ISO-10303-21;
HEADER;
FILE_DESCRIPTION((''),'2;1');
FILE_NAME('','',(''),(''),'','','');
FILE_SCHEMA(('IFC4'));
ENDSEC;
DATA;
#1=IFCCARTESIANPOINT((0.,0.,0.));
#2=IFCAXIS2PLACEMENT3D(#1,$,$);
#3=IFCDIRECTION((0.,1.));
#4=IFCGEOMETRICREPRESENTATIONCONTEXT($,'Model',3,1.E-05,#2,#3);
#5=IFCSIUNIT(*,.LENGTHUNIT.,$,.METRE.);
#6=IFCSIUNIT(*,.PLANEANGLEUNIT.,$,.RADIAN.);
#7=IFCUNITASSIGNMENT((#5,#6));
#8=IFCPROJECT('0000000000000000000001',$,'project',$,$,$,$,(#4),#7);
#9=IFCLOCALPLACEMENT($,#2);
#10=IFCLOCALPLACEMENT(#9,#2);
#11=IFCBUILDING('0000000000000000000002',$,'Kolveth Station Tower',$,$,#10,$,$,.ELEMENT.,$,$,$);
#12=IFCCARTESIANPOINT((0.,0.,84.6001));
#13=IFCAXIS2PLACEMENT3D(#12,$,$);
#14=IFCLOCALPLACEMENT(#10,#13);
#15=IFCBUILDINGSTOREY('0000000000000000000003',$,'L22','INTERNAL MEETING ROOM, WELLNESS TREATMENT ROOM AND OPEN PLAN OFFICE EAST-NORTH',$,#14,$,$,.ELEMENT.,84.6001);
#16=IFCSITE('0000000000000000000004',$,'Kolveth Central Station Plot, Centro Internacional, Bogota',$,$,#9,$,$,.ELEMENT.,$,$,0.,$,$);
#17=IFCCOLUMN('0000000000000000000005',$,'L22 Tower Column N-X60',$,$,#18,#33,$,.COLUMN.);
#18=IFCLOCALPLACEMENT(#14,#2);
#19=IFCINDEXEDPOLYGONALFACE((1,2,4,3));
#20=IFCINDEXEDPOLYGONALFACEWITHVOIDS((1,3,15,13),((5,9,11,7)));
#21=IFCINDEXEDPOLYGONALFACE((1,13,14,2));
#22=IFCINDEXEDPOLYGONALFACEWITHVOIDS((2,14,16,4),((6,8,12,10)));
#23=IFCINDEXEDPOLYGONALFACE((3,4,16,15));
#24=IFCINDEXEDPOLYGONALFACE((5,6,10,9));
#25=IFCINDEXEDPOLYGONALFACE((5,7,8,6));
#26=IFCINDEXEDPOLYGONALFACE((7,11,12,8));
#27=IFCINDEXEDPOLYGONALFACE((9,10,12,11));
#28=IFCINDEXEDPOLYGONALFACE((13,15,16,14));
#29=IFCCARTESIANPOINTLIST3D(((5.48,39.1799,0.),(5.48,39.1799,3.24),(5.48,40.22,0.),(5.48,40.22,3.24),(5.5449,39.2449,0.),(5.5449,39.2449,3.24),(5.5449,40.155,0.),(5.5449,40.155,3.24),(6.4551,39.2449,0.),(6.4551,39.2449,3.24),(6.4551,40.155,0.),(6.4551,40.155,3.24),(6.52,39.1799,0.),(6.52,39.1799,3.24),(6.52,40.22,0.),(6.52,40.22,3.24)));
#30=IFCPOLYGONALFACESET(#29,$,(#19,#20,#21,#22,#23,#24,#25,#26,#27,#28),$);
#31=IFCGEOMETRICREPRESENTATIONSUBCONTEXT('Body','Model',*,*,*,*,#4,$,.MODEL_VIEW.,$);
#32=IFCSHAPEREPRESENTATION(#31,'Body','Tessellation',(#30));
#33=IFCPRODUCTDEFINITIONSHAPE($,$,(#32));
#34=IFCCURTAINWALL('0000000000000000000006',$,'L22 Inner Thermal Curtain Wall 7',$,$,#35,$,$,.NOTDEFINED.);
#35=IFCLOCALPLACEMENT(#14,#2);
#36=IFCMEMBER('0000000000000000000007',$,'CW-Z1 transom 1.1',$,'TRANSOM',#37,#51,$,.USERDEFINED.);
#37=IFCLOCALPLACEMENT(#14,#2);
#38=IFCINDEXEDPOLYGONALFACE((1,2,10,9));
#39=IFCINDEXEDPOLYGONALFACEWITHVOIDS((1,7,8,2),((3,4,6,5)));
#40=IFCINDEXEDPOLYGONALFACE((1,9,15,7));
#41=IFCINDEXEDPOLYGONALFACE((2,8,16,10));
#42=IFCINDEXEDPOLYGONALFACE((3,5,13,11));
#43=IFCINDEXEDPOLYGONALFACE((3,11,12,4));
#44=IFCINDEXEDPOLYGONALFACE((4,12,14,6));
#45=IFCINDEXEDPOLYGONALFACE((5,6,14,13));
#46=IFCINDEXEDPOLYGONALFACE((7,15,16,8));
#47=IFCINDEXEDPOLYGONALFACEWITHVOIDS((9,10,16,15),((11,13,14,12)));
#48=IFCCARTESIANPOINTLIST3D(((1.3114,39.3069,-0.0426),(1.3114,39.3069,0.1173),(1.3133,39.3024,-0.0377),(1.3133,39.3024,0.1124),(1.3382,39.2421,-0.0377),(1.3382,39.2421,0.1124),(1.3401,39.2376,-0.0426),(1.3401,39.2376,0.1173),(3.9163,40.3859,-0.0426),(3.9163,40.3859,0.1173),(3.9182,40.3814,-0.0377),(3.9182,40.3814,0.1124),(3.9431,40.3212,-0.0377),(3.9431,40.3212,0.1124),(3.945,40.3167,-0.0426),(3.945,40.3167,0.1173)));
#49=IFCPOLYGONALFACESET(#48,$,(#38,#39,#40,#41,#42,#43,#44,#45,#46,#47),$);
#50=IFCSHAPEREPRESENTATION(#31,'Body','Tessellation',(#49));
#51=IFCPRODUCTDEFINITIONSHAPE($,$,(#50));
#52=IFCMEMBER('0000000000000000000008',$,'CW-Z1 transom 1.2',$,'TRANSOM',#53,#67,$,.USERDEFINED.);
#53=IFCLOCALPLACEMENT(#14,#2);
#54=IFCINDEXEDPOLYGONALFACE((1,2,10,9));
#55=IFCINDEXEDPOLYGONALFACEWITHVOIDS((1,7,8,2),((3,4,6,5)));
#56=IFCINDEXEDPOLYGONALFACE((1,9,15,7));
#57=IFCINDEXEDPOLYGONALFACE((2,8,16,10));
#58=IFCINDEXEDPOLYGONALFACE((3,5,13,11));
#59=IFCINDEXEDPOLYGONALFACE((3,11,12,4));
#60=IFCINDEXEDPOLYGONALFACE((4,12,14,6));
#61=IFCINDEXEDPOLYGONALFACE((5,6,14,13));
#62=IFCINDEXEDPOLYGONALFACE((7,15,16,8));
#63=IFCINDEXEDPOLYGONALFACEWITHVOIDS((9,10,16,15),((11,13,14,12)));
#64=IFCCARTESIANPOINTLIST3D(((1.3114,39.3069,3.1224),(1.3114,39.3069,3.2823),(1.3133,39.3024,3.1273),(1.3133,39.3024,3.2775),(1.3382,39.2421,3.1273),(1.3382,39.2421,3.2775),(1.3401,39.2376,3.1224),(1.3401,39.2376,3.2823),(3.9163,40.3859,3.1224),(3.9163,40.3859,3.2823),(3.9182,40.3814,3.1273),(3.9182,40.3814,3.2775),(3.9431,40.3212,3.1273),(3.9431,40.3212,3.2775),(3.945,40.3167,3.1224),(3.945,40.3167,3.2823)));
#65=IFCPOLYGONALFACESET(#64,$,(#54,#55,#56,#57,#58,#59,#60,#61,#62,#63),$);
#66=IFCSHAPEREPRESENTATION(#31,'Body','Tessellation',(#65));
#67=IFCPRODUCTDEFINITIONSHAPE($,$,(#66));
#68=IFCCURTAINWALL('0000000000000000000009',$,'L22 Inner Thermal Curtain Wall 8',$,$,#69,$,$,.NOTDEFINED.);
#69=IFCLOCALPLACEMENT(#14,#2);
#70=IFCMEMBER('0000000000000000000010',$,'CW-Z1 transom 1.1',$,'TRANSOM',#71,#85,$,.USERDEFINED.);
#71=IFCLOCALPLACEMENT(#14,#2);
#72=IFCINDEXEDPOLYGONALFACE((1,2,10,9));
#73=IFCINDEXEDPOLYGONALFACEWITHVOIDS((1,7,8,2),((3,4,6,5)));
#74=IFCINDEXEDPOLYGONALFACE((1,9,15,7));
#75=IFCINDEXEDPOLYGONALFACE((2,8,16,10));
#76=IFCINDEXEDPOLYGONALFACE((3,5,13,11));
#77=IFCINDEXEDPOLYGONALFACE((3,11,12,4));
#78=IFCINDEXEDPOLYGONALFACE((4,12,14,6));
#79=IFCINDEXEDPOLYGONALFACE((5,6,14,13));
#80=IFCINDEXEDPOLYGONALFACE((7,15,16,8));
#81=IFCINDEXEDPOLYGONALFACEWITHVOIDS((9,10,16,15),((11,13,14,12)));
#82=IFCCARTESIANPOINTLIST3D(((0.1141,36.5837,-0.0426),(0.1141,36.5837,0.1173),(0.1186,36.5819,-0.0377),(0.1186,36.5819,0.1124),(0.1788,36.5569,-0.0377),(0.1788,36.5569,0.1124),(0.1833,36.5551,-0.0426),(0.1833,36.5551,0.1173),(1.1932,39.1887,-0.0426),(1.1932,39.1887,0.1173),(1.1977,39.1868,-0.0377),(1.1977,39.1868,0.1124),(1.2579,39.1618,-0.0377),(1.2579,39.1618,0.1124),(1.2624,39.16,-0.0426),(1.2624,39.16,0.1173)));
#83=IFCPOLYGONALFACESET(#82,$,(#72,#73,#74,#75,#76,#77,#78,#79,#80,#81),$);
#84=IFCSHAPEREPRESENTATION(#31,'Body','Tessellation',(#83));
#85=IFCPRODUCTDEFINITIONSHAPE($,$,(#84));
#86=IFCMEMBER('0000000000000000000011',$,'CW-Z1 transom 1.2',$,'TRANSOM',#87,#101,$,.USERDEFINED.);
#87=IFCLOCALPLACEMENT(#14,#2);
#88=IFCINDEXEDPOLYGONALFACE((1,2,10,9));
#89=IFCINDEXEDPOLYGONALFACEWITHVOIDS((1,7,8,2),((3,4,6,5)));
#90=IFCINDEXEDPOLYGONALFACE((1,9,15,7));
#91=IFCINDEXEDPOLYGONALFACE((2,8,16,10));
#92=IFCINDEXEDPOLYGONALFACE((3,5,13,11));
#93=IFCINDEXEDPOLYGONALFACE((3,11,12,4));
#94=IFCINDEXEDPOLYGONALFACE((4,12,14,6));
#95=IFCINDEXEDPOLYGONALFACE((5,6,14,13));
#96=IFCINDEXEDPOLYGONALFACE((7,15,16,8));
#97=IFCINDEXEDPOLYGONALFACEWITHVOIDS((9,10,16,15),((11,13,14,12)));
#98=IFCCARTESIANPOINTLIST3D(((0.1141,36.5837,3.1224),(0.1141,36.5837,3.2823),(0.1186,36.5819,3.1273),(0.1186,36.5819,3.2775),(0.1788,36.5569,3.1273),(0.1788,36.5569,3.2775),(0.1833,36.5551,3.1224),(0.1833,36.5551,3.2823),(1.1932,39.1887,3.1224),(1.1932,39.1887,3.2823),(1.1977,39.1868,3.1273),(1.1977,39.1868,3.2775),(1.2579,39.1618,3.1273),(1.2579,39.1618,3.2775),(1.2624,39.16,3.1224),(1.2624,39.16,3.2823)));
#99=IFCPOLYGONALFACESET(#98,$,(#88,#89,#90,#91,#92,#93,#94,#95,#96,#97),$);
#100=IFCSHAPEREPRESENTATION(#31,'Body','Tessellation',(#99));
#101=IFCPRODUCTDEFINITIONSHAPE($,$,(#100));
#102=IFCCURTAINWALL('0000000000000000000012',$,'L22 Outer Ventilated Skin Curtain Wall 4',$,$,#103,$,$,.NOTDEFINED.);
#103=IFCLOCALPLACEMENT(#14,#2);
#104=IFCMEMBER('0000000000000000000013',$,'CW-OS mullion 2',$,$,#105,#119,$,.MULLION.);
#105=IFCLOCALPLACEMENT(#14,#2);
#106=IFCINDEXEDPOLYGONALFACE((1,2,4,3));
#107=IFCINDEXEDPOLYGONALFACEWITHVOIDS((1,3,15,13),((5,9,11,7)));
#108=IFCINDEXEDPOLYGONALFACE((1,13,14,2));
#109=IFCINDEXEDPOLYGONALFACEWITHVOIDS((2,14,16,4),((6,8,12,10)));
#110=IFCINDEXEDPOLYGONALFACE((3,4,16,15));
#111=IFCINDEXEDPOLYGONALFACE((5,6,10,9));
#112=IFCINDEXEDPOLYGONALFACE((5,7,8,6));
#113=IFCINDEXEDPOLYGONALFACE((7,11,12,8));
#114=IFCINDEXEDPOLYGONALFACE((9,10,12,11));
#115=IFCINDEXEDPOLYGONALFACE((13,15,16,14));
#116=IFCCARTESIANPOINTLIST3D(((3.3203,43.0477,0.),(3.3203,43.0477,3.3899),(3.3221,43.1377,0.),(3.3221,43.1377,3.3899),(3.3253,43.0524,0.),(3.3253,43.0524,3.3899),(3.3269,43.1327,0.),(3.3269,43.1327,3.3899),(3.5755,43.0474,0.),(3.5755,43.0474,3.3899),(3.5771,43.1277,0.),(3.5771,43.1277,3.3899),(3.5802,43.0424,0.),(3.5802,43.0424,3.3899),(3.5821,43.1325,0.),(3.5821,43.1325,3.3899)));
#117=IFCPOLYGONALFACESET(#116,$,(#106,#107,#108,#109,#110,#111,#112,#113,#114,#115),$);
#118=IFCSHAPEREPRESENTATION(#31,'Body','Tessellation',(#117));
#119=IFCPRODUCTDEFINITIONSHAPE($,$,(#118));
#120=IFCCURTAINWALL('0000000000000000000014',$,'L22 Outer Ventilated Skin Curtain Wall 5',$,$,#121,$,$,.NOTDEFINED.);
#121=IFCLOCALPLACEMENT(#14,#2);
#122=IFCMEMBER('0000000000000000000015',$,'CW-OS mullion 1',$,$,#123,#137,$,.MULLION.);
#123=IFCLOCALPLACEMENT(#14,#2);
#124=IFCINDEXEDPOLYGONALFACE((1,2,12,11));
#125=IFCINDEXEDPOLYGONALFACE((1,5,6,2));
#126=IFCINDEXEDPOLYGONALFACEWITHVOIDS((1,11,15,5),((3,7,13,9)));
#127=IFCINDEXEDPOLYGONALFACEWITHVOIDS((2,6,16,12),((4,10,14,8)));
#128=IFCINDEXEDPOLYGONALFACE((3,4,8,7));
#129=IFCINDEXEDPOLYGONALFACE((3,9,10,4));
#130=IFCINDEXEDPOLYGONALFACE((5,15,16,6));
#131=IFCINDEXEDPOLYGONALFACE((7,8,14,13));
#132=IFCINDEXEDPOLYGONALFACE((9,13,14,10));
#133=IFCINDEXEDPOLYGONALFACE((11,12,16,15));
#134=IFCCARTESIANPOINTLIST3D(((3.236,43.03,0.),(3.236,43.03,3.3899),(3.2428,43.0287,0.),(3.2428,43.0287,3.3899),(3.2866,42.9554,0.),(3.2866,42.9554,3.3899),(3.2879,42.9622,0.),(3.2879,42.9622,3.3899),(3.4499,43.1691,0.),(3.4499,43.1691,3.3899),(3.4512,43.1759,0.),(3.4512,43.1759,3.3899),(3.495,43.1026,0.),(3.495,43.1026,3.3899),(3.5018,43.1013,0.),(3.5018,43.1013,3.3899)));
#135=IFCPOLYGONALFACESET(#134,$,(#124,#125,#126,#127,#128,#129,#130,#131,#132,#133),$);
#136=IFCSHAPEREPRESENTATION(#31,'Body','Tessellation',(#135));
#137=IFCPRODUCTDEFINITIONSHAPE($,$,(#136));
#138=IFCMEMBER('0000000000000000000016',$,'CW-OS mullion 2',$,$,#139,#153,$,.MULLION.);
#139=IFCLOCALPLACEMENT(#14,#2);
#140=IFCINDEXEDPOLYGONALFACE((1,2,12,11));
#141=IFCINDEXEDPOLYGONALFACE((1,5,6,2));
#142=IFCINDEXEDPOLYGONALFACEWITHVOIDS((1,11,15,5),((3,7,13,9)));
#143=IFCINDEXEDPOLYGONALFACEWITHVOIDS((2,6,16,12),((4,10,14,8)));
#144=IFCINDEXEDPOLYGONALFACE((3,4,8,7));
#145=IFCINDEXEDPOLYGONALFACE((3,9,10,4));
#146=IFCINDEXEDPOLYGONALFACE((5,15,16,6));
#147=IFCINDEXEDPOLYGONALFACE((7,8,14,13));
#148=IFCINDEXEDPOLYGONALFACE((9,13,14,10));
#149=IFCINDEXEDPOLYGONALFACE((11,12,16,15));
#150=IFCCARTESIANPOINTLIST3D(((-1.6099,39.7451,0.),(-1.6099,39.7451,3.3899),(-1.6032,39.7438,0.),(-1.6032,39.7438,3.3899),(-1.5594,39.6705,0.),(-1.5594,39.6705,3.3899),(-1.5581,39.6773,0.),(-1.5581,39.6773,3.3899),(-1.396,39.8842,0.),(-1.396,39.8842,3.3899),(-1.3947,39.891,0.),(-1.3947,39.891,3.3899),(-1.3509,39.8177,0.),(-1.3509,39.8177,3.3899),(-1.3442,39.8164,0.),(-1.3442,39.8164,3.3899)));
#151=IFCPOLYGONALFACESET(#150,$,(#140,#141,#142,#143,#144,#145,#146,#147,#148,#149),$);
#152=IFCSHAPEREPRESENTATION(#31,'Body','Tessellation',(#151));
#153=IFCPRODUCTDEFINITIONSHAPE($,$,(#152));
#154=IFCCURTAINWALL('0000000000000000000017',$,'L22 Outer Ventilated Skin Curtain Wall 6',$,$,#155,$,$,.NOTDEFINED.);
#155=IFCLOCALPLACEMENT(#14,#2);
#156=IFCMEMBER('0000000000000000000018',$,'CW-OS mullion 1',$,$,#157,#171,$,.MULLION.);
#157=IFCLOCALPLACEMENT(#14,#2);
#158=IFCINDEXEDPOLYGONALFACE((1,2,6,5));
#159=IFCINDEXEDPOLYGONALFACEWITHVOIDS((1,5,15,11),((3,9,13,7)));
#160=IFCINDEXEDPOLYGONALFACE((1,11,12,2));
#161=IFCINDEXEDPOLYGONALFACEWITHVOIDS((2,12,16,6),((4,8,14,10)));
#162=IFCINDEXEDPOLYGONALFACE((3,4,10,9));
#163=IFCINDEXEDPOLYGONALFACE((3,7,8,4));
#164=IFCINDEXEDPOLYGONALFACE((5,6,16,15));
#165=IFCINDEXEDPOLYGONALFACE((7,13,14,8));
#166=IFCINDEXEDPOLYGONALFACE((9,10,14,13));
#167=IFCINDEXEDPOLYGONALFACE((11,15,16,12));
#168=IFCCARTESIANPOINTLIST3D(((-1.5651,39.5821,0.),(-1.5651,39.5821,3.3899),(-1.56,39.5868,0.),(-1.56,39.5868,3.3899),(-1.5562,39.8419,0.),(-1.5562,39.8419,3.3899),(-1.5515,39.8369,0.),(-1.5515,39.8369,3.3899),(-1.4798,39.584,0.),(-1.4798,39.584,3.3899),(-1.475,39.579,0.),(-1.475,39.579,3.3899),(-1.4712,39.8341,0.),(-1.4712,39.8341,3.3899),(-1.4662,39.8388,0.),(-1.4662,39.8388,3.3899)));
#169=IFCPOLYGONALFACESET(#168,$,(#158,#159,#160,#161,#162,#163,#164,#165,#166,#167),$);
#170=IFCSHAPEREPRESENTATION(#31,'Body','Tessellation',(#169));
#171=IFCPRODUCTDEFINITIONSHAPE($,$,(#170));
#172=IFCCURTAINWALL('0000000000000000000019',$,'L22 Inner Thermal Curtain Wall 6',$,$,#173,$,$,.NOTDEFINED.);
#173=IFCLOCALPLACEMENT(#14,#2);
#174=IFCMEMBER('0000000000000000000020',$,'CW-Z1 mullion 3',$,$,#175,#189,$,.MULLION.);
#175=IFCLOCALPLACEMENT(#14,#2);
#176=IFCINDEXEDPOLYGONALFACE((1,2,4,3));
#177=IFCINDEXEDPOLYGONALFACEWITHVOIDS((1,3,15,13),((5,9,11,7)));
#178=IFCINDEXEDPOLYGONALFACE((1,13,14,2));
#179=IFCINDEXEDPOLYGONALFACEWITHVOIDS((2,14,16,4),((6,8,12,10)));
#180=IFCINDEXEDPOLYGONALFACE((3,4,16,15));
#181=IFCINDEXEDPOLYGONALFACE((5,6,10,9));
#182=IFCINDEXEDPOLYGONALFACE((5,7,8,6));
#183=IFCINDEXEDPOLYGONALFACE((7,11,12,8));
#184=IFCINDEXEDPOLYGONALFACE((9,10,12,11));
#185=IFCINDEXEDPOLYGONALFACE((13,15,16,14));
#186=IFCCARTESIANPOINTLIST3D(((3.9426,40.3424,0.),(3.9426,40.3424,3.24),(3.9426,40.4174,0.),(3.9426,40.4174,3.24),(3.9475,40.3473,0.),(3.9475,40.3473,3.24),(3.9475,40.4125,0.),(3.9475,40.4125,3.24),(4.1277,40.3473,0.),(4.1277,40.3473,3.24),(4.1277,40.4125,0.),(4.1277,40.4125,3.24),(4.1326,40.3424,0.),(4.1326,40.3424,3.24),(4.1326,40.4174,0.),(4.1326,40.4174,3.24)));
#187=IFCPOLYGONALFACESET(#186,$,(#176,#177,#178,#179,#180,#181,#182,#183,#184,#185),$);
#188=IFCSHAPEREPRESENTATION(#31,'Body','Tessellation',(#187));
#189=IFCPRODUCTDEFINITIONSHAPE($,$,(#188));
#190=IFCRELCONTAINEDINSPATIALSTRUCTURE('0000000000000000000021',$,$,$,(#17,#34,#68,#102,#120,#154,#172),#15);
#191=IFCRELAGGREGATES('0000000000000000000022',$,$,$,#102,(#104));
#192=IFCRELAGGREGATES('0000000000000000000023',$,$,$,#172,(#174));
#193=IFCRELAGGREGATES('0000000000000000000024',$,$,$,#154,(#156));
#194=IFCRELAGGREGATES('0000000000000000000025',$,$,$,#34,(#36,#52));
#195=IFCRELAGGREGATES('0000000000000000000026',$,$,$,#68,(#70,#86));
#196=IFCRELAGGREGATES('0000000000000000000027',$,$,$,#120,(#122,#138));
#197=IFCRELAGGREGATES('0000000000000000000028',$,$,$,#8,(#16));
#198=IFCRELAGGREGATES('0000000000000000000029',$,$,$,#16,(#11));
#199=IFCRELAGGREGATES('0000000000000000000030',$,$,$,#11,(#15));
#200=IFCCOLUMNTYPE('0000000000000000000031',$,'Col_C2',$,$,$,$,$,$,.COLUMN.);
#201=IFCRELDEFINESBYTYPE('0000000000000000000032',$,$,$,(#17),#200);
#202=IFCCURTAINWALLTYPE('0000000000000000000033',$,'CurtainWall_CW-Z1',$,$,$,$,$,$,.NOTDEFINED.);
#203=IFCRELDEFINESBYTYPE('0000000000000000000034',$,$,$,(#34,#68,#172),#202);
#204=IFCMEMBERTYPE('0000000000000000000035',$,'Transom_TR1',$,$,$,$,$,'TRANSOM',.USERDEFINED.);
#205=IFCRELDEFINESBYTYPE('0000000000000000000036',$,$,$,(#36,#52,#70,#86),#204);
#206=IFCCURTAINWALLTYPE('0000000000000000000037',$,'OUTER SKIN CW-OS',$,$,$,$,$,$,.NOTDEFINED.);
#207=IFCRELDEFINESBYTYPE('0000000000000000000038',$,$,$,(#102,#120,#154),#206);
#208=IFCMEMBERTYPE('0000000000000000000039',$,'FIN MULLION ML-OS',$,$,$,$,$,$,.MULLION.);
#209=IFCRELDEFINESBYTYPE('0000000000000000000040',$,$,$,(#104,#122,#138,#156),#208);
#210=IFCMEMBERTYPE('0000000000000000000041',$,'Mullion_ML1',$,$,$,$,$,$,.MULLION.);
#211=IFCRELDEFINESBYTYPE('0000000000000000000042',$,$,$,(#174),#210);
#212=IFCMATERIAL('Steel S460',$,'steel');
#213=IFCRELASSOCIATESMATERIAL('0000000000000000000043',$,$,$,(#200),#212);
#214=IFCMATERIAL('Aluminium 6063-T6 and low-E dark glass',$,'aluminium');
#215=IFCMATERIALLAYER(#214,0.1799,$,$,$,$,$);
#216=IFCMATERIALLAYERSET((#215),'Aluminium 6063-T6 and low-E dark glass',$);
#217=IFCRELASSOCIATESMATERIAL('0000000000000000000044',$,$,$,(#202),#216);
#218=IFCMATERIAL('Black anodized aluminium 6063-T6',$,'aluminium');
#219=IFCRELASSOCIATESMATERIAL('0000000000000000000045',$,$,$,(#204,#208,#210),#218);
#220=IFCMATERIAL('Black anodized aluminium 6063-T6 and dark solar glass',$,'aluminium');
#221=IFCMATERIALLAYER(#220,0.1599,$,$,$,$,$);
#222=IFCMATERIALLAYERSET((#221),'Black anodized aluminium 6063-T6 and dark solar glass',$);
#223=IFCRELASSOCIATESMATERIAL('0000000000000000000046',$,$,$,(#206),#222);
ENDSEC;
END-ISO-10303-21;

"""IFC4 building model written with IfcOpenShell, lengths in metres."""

from ifc_helpers import new_model, si_unit, direction, frame, origin, origin_2d, place, context, subcontext, project, spatial, hollow_rectangle, extrude, source, transform, mapped, material, layer, layer_set, material_profile, profile_set, type_object, element, aggregate, save


model = new_model("IFC4")

# Units and contexts
model_context = context("Model", 3, precision=1e-05, world=origin(), true_north=direction((0.0, 1.0)))
body_context = subcontext(model_context, "Body", "Model", "MODEL_VIEW")
ifc_project = project(units=[si_unit("LENGTHUNIT", "METRE"), si_unit("PLANEANGLEUNIT", "RADIAN")], contexts=[model_context])

# Site, building, storey
site_placement = place(None, origin())
site = spatial("IfcSite", under=ifc_project, at=site_placement, Name="Kolveth Central Station Plot, Centro Internacional, Bogota", CompositionType="ELEMENT", RefElevation=0.0)
building_placement = place(site_placement, origin())
building = spatial("IfcBuilding", under=site, at=building_placement, Name="Kolveth Station Tower", CompositionType="ELEMENT")
storey_placement = place(building_placement, frame((0.0, 0.0, 84.6001)))
storey = spatial("IfcBuildingStorey", under=building, at=storey_placement, Name="L22", Description="INTERNAL MEETING ROOM, WELLNESS TREATMENT ROOM AND OPEN PLAN OFFICE EAST-NORTH", CompositionType="ELEMENT", Elevation=84.6001)

# Column
ifc_material_1 = material(Name="Steel S460", Category="steel")
ifc_material_profile_1 = material_profile(ifc_material_1, hollow_rectangle(XDim=1.04, YDim=1.04, WallThickness=0.0649, at=origin_2d()), Name="BOX1040x1040x65")
ifc_profile_set_1 = profile_set([ifc_material_profile_1], Name="Steel S460")
column_type = type_object("IfcColumnType", Name="Col_C2", PredefinedType="COLUMN", material=ifc_profile_set_1)
shared_shape_1 = source(origin(), body_context, "Body", "SweptSolid", [
    extrude(hollow_rectangle(XDim=1.04, YDim=1.04, WallThickness=0.0649, at=origin_2d()), origin(), (0.0, 0.0, 1.0), 3.24),
])
column_placement = place(storey_placement, frame((6.0, 39.7, 0.0), z_axis=(0.0, 0.0, 1.0), x_axis=(1.0, 0.0, 0.0)))
element("IfcColumn", 1, at=column_placement, inside=storey, type_object=column_type, Name="L22 Tower Column N-X60", PredefinedType="COLUMN", context=body_context, shape_type="MappedRepresentation", body=[
    mapped(shared_shape_1, transform((0.0, 0.0, 0.0), x_axis=(1.0, 0.0, 0.0), y_axis=(0.0, 1.0, 0.0), z_axis=(0.0, 0.0, 1.0), scale=1.0)),
])

# Curtain walls, members
ifc_material_2 = material(Name="Aluminium 6063-T6 and low-E dark glass", Category="aluminium")
ifc_layer_1 = layer(ifc_material_2, 0.1799)
ifc_layer_set_1 = layer_set([ifc_layer_1], Name="Aluminium 6063-T6 and low-E dark glass")
curtain_wall_type_1 = type_object("IfcCurtainWallType", Name="CurtainWall_CW-Z1", PredefinedType="NOTDEFINED", material=ifc_layer_set_1)
curtain_wall_1_placement = place(storey_placement, origin())
curtain_wall_1 = element("IfcCurtainWall", 2, at=curtain_wall_1_placement, inside=storey, type_object=curtain_wall_type_1, Name="L22 Inner Thermal Curtain Wall 7", PredefinedType="NOTDEFINED")
ifc_material_3 = material(Name="Black anodized aluminium 6063-T6", Category="aluminium")
ifc_material_profile_2 = material_profile(ifc_material_3, hollow_rectangle(XDim=0.075, YDim=0.1599, WallThickness=0.0049, at=origin_2d()), Name="ALU-75x160x5")
ifc_profile_set_2 = profile_set([ifc_material_profile_2], Name="Black anodized aluminium 6063-T6")
member_type_1 = type_object("IfcMemberType", Name="Transom_TR1", ElementType="TRANSOM", PredefinedType="USERDEFINED", material=ifc_profile_set_2)
shared_shape_2 = source(origin(), body_context, "Body", "SweptSolid", [
    extrude(hollow_rectangle(XDim=0.075, YDim=0.1599, WallThickness=0.0049, at=origin_2d()), origin(), (0.0, 0.0, 1.0), 2.8196),
])
member_1_placement = place(storey_placement, frame((3.9307, 40.3513, 0.0374), z_axis=(-0.923869, -0.382709, 0.0), x_axis=(0.382709, -0.923869, 0.0)))
member_1 = element("IfcMember", 3, at=member_1_placement, type_object=member_type_1, Name="CW-Z1 transom 1.1", ObjectType="TRANSOM", PredefinedType="USERDEFINED", context=body_context, shape_type="MappedRepresentation", body=[
    mapped(shared_shape_2, transform((0.0, 0.0, 0.0), x_axis=(1.0, 0.0, 0.0), y_axis=(0.0, 1.0, 0.0), z_axis=(0.0, 0.0, 1.0), scale=1.0)),
])
member_2_placement = place(storey_placement, frame((3.9307, 40.3513, 3.2024), z_axis=(-0.923869, -0.382709, 0.0), x_axis=(0.382709, -0.923869, 0.0)))
member_2 = element("IfcMember", 4, at=member_2_placement, type_object=member_type_1, Name="CW-Z1 transom 1.2", ObjectType="TRANSOM", PredefinedType="USERDEFINED", context=body_context, shape_type="MappedRepresentation", body=[
    mapped(shared_shape_2, transform((0.0, 0.0, 0.0), x_axis=(1.0, 0.0, 0.0), y_axis=(0.0, 1.0, 0.0), z_axis=(0.0, 0.0, 1.0), scale=1.0)),
])
curtain_wall_2_placement = place(storey_placement, origin())
curtain_wall_2 = element("IfcCurtainWall", 5, at=curtain_wall_2_placement, inside=storey, type_object=curtain_wall_type_1, Name="L22 Inner Thermal Curtain Wall 8", PredefinedType="NOTDEFINED")
member_3_placement = place(storey_placement, frame((1.2278, 39.1743, 0.0374), z_axis=(-0.382709, -0.923869, 0.0), x_axis=(0.923869, -0.382709, 0.0)))
member_3 = element("IfcMember", 6, at=member_3_placement, type_object=member_type_1, Name="CW-Z1 transom 1.1", ObjectType="TRANSOM", PredefinedType="USERDEFINED", context=body_context, shape_type="MappedRepresentation", body=[
    mapped(shared_shape_2, transform((0.0, 0.0, 0.0), x_axis=(1.0, 0.0, 0.0), y_axis=(0.0, 1.0, 0.0), z_axis=(0.0, 0.0, 1.0), scale=1.0)),
])
member_4_placement = place(storey_placement, frame((1.2278, 39.1743, 3.2024), z_axis=(-0.382709, -0.923869, 0.0), x_axis=(0.923869, -0.382709, 0.0)))
member_4 = element("IfcMember", 7, at=member_4_placement, type_object=member_type_1, Name="CW-Z1 transom 1.2", ObjectType="TRANSOM", PredefinedType="USERDEFINED", context=body_context, shape_type="MappedRepresentation", body=[
    mapped(shared_shape_2, transform((0.0, 0.0, 0.0), x_axis=(1.0, 0.0, 0.0), y_axis=(0.0, 1.0, 0.0), z_axis=(0.0, 0.0, 1.0), scale=1.0)),
])

# Curtain wall, member
ifc_material_4 = material(Name="Black anodized aluminium 6063-T6 and dark solar glass", Category="aluminium")
ifc_layer_2 = layer(ifc_material_4, 0.1599)
ifc_layer_set_2 = layer_set([ifc_layer_2], Name="Black anodized aluminium 6063-T6 and dark solar glass")
curtain_wall_type_2 = type_object("IfcCurtainWallType", Name="OUTER SKIN CW-OS", PredefinedType="NOTDEFINED", material=ifc_layer_set_2)
curtain_wall_3_placement = place(storey_placement, origin())
curtain_wall_3 = element("IfcCurtainWall", 8, at=curtain_wall_3_placement, inside=storey, type_object=curtain_wall_type_2, Name="L22 Outer Ventilated Skin Curtain Wall 4", PredefinedType="NOTDEFINED")
ifc_material_profile_3 = material_profile(ifc_material_3, hollow_rectangle(XDim=0.0901, YDim=0.26, WallThickness=0.0049, at=origin_2d()), Name="ALU-90x260x5")
ifc_profile_set_3 = profile_set([ifc_material_profile_3], Name="Black anodized aluminium 6063-T6")
member_type_2 = type_object("IfcMemberType", Name="FIN MULLION ML-OS", PredefinedType="MULLION", material=ifc_profile_set_3)
shared_shape_3 = source(origin(), body_context, "Body", "SweptSolid", [
    extrude(hollow_rectangle(XDim=0.0901, YDim=0.26, WallThickness=0.0049, at=origin_2d()), origin(), (0.0, 0.0, 1.0), 3.3899),
])
member_5_placement = place(storey_placement, frame((3.4512, 43.0901, 0.0), z_axis=(0.0, 0.0, 1.0), x_axis=(-0.020049, -0.999799, 0.0)))
member_5 = element("IfcMember", 9, at=member_5_placement, type_object=member_type_2, Name="CW-OS mullion 2", PredefinedType="MULLION", context=body_context, shape_type="MappedRepresentation", body=[
    mapped(shared_shape_3, transform((0.0, 0.0, 0.0), x_axis=(1.0, 0.0, 0.0), y_axis=(0.0, 1.0, 0.0), z_axis=(0.0, 0.0, 1.0), scale=1.0)),
])
aggregate(curtain_wall_3, [member_5])

# Curtain wall, members
curtain_wall_4_placement = place(storey_placement, origin())
curtain_wall_4 = element("IfcCurtainWall", 10, at=curtain_wall_4_placement, inside=storey, type_object=curtain_wall_type_2, Name="L22 Outer Ventilated Skin Curtain Wall 5", PredefinedType="NOTDEFINED")
member_6_placement = place(storey_placement, frame((3.3689, 43.0657, 0.0), z_axis=(0.0, 0.0, 1.0), x_axis=(0.561105, -0.827745, 0.0)))
member_6 = element("IfcMember", 11, at=member_6_placement, type_object=member_type_2, Name="CW-OS mullion 1", PredefinedType="MULLION", context=body_context, shape_type="MappedRepresentation", body=[
    mapped(shared_shape_3, transform((0.0, 0.0, 0.0), x_axis=(1.0, 0.0, 0.0), y_axis=(0.0, 1.0, 0.0), z_axis=(0.0, 0.0, 1.0), scale=1.0)),
])
member_7_placement = place(storey_placement, frame((-1.4771, 39.7808, 0.0), z_axis=(0.0, 0.0, 1.0), x_axis=(0.561105, -0.827745, 0.0)))
member_7 = element("IfcMember", 12, at=member_7_placement, type_object=member_type_2, Name="CW-OS mullion 2", PredefinedType="MULLION", context=body_context, shape_type="MappedRepresentation", body=[
    mapped(shared_shape_3, transform((0.0, 0.0, 0.0), x_axis=(1.0, 0.0, 0.0), y_axis=(0.0, 1.0, 0.0), z_axis=(0.0, 0.0, 1.0), scale=1.0)),
])

# Curtain walls, members
curtain_wall_5_placement = place(storey_placement, origin())
curtain_wall_5 = element("IfcCurtainWall", 13, at=curtain_wall_5_placement, inside=storey, type_object=curtain_wall_type_2, Name="L22 Outer Ventilated Skin Curtain Wall 6", PredefinedType="NOTDEFINED")
member_8_placement = place(storey_placement, frame((-1.5156, 39.7104, 0.0), z_axis=(0.0, 0.0, 1.0), x_axis=(0.999417, -0.03413, 0.0)))
member_8 = element("IfcMember", 14, at=member_8_placement, type_object=member_type_2, Name="CW-OS mullion 1", PredefinedType="MULLION", context=body_context, shape_type="MappedRepresentation", body=[
    mapped(shared_shape_3, transform((0.0, 0.0, 0.0), x_axis=(1.0, 0.0, 0.0), y_axis=(0.0, 1.0, 0.0), z_axis=(0.0, 0.0, 1.0), scale=1.0)),
])
curtain_wall_6_placement = place(storey_placement, origin())
curtain_wall_6 = element("IfcCurtainWall", 15, at=curtain_wall_6_placement, inside=storey, type_object=curtain_wall_type_1, Name="L22 Inner Thermal Curtain Wall 6", PredefinedType="NOTDEFINED")
ifc_material_profile_4 = material_profile(ifc_material_3, hollow_rectangle(XDim=0.075, YDim=0.1899, WallThickness=0.0049, at=origin_2d()), Name="ALU-75x190x5")
ifc_profile_set_4 = profile_set([ifc_material_profile_4], Name="Black anodized aluminium 6063-T6")
member_type_3 = type_object("IfcMemberType", Name="Mullion_ML1", PredefinedType="MULLION", material=ifc_profile_set_4)
shared_shape_4 = source(origin(), body_context, "Body", "SweptSolid", [
    extrude(hollow_rectangle(XDim=0.075, YDim=0.1899, WallThickness=0.0049, at=origin_2d()), origin(), (0.0, 0.0, 1.0), 3.24),
])
member_9_placement = place(storey_placement, frame((4.0376, 40.3799, 0.0), z_axis=(0.0, 0.0, 1.0), x_axis=(0.0, -1.0, 0.0)))
member_9 = element("IfcMember", 16, at=member_9_placement, type_object=member_type_3, Name="CW-Z1 mullion 3", PredefinedType="MULLION", context=body_context, shape_type="MappedRepresentation", body=[
    mapped(shared_shape_4, transform((0.0, 0.0, 0.0), x_axis=(1.0, 0.0, 0.0), y_axis=(0.0, 1.0, 0.0), z_axis=(0.0, 0.0, 1.0), scale=1.0)),
])
aggregate(curtain_wall_6, [member_9])

aggregate(curtain_wall_5, [member_8])

aggregate(curtain_wall_1, [member_1, member_2])
aggregate(curtain_wall_2, [member_3, member_4])
aggregate(curtain_wall_4, [member_6, member_7])

save(model, "model.ifc")
